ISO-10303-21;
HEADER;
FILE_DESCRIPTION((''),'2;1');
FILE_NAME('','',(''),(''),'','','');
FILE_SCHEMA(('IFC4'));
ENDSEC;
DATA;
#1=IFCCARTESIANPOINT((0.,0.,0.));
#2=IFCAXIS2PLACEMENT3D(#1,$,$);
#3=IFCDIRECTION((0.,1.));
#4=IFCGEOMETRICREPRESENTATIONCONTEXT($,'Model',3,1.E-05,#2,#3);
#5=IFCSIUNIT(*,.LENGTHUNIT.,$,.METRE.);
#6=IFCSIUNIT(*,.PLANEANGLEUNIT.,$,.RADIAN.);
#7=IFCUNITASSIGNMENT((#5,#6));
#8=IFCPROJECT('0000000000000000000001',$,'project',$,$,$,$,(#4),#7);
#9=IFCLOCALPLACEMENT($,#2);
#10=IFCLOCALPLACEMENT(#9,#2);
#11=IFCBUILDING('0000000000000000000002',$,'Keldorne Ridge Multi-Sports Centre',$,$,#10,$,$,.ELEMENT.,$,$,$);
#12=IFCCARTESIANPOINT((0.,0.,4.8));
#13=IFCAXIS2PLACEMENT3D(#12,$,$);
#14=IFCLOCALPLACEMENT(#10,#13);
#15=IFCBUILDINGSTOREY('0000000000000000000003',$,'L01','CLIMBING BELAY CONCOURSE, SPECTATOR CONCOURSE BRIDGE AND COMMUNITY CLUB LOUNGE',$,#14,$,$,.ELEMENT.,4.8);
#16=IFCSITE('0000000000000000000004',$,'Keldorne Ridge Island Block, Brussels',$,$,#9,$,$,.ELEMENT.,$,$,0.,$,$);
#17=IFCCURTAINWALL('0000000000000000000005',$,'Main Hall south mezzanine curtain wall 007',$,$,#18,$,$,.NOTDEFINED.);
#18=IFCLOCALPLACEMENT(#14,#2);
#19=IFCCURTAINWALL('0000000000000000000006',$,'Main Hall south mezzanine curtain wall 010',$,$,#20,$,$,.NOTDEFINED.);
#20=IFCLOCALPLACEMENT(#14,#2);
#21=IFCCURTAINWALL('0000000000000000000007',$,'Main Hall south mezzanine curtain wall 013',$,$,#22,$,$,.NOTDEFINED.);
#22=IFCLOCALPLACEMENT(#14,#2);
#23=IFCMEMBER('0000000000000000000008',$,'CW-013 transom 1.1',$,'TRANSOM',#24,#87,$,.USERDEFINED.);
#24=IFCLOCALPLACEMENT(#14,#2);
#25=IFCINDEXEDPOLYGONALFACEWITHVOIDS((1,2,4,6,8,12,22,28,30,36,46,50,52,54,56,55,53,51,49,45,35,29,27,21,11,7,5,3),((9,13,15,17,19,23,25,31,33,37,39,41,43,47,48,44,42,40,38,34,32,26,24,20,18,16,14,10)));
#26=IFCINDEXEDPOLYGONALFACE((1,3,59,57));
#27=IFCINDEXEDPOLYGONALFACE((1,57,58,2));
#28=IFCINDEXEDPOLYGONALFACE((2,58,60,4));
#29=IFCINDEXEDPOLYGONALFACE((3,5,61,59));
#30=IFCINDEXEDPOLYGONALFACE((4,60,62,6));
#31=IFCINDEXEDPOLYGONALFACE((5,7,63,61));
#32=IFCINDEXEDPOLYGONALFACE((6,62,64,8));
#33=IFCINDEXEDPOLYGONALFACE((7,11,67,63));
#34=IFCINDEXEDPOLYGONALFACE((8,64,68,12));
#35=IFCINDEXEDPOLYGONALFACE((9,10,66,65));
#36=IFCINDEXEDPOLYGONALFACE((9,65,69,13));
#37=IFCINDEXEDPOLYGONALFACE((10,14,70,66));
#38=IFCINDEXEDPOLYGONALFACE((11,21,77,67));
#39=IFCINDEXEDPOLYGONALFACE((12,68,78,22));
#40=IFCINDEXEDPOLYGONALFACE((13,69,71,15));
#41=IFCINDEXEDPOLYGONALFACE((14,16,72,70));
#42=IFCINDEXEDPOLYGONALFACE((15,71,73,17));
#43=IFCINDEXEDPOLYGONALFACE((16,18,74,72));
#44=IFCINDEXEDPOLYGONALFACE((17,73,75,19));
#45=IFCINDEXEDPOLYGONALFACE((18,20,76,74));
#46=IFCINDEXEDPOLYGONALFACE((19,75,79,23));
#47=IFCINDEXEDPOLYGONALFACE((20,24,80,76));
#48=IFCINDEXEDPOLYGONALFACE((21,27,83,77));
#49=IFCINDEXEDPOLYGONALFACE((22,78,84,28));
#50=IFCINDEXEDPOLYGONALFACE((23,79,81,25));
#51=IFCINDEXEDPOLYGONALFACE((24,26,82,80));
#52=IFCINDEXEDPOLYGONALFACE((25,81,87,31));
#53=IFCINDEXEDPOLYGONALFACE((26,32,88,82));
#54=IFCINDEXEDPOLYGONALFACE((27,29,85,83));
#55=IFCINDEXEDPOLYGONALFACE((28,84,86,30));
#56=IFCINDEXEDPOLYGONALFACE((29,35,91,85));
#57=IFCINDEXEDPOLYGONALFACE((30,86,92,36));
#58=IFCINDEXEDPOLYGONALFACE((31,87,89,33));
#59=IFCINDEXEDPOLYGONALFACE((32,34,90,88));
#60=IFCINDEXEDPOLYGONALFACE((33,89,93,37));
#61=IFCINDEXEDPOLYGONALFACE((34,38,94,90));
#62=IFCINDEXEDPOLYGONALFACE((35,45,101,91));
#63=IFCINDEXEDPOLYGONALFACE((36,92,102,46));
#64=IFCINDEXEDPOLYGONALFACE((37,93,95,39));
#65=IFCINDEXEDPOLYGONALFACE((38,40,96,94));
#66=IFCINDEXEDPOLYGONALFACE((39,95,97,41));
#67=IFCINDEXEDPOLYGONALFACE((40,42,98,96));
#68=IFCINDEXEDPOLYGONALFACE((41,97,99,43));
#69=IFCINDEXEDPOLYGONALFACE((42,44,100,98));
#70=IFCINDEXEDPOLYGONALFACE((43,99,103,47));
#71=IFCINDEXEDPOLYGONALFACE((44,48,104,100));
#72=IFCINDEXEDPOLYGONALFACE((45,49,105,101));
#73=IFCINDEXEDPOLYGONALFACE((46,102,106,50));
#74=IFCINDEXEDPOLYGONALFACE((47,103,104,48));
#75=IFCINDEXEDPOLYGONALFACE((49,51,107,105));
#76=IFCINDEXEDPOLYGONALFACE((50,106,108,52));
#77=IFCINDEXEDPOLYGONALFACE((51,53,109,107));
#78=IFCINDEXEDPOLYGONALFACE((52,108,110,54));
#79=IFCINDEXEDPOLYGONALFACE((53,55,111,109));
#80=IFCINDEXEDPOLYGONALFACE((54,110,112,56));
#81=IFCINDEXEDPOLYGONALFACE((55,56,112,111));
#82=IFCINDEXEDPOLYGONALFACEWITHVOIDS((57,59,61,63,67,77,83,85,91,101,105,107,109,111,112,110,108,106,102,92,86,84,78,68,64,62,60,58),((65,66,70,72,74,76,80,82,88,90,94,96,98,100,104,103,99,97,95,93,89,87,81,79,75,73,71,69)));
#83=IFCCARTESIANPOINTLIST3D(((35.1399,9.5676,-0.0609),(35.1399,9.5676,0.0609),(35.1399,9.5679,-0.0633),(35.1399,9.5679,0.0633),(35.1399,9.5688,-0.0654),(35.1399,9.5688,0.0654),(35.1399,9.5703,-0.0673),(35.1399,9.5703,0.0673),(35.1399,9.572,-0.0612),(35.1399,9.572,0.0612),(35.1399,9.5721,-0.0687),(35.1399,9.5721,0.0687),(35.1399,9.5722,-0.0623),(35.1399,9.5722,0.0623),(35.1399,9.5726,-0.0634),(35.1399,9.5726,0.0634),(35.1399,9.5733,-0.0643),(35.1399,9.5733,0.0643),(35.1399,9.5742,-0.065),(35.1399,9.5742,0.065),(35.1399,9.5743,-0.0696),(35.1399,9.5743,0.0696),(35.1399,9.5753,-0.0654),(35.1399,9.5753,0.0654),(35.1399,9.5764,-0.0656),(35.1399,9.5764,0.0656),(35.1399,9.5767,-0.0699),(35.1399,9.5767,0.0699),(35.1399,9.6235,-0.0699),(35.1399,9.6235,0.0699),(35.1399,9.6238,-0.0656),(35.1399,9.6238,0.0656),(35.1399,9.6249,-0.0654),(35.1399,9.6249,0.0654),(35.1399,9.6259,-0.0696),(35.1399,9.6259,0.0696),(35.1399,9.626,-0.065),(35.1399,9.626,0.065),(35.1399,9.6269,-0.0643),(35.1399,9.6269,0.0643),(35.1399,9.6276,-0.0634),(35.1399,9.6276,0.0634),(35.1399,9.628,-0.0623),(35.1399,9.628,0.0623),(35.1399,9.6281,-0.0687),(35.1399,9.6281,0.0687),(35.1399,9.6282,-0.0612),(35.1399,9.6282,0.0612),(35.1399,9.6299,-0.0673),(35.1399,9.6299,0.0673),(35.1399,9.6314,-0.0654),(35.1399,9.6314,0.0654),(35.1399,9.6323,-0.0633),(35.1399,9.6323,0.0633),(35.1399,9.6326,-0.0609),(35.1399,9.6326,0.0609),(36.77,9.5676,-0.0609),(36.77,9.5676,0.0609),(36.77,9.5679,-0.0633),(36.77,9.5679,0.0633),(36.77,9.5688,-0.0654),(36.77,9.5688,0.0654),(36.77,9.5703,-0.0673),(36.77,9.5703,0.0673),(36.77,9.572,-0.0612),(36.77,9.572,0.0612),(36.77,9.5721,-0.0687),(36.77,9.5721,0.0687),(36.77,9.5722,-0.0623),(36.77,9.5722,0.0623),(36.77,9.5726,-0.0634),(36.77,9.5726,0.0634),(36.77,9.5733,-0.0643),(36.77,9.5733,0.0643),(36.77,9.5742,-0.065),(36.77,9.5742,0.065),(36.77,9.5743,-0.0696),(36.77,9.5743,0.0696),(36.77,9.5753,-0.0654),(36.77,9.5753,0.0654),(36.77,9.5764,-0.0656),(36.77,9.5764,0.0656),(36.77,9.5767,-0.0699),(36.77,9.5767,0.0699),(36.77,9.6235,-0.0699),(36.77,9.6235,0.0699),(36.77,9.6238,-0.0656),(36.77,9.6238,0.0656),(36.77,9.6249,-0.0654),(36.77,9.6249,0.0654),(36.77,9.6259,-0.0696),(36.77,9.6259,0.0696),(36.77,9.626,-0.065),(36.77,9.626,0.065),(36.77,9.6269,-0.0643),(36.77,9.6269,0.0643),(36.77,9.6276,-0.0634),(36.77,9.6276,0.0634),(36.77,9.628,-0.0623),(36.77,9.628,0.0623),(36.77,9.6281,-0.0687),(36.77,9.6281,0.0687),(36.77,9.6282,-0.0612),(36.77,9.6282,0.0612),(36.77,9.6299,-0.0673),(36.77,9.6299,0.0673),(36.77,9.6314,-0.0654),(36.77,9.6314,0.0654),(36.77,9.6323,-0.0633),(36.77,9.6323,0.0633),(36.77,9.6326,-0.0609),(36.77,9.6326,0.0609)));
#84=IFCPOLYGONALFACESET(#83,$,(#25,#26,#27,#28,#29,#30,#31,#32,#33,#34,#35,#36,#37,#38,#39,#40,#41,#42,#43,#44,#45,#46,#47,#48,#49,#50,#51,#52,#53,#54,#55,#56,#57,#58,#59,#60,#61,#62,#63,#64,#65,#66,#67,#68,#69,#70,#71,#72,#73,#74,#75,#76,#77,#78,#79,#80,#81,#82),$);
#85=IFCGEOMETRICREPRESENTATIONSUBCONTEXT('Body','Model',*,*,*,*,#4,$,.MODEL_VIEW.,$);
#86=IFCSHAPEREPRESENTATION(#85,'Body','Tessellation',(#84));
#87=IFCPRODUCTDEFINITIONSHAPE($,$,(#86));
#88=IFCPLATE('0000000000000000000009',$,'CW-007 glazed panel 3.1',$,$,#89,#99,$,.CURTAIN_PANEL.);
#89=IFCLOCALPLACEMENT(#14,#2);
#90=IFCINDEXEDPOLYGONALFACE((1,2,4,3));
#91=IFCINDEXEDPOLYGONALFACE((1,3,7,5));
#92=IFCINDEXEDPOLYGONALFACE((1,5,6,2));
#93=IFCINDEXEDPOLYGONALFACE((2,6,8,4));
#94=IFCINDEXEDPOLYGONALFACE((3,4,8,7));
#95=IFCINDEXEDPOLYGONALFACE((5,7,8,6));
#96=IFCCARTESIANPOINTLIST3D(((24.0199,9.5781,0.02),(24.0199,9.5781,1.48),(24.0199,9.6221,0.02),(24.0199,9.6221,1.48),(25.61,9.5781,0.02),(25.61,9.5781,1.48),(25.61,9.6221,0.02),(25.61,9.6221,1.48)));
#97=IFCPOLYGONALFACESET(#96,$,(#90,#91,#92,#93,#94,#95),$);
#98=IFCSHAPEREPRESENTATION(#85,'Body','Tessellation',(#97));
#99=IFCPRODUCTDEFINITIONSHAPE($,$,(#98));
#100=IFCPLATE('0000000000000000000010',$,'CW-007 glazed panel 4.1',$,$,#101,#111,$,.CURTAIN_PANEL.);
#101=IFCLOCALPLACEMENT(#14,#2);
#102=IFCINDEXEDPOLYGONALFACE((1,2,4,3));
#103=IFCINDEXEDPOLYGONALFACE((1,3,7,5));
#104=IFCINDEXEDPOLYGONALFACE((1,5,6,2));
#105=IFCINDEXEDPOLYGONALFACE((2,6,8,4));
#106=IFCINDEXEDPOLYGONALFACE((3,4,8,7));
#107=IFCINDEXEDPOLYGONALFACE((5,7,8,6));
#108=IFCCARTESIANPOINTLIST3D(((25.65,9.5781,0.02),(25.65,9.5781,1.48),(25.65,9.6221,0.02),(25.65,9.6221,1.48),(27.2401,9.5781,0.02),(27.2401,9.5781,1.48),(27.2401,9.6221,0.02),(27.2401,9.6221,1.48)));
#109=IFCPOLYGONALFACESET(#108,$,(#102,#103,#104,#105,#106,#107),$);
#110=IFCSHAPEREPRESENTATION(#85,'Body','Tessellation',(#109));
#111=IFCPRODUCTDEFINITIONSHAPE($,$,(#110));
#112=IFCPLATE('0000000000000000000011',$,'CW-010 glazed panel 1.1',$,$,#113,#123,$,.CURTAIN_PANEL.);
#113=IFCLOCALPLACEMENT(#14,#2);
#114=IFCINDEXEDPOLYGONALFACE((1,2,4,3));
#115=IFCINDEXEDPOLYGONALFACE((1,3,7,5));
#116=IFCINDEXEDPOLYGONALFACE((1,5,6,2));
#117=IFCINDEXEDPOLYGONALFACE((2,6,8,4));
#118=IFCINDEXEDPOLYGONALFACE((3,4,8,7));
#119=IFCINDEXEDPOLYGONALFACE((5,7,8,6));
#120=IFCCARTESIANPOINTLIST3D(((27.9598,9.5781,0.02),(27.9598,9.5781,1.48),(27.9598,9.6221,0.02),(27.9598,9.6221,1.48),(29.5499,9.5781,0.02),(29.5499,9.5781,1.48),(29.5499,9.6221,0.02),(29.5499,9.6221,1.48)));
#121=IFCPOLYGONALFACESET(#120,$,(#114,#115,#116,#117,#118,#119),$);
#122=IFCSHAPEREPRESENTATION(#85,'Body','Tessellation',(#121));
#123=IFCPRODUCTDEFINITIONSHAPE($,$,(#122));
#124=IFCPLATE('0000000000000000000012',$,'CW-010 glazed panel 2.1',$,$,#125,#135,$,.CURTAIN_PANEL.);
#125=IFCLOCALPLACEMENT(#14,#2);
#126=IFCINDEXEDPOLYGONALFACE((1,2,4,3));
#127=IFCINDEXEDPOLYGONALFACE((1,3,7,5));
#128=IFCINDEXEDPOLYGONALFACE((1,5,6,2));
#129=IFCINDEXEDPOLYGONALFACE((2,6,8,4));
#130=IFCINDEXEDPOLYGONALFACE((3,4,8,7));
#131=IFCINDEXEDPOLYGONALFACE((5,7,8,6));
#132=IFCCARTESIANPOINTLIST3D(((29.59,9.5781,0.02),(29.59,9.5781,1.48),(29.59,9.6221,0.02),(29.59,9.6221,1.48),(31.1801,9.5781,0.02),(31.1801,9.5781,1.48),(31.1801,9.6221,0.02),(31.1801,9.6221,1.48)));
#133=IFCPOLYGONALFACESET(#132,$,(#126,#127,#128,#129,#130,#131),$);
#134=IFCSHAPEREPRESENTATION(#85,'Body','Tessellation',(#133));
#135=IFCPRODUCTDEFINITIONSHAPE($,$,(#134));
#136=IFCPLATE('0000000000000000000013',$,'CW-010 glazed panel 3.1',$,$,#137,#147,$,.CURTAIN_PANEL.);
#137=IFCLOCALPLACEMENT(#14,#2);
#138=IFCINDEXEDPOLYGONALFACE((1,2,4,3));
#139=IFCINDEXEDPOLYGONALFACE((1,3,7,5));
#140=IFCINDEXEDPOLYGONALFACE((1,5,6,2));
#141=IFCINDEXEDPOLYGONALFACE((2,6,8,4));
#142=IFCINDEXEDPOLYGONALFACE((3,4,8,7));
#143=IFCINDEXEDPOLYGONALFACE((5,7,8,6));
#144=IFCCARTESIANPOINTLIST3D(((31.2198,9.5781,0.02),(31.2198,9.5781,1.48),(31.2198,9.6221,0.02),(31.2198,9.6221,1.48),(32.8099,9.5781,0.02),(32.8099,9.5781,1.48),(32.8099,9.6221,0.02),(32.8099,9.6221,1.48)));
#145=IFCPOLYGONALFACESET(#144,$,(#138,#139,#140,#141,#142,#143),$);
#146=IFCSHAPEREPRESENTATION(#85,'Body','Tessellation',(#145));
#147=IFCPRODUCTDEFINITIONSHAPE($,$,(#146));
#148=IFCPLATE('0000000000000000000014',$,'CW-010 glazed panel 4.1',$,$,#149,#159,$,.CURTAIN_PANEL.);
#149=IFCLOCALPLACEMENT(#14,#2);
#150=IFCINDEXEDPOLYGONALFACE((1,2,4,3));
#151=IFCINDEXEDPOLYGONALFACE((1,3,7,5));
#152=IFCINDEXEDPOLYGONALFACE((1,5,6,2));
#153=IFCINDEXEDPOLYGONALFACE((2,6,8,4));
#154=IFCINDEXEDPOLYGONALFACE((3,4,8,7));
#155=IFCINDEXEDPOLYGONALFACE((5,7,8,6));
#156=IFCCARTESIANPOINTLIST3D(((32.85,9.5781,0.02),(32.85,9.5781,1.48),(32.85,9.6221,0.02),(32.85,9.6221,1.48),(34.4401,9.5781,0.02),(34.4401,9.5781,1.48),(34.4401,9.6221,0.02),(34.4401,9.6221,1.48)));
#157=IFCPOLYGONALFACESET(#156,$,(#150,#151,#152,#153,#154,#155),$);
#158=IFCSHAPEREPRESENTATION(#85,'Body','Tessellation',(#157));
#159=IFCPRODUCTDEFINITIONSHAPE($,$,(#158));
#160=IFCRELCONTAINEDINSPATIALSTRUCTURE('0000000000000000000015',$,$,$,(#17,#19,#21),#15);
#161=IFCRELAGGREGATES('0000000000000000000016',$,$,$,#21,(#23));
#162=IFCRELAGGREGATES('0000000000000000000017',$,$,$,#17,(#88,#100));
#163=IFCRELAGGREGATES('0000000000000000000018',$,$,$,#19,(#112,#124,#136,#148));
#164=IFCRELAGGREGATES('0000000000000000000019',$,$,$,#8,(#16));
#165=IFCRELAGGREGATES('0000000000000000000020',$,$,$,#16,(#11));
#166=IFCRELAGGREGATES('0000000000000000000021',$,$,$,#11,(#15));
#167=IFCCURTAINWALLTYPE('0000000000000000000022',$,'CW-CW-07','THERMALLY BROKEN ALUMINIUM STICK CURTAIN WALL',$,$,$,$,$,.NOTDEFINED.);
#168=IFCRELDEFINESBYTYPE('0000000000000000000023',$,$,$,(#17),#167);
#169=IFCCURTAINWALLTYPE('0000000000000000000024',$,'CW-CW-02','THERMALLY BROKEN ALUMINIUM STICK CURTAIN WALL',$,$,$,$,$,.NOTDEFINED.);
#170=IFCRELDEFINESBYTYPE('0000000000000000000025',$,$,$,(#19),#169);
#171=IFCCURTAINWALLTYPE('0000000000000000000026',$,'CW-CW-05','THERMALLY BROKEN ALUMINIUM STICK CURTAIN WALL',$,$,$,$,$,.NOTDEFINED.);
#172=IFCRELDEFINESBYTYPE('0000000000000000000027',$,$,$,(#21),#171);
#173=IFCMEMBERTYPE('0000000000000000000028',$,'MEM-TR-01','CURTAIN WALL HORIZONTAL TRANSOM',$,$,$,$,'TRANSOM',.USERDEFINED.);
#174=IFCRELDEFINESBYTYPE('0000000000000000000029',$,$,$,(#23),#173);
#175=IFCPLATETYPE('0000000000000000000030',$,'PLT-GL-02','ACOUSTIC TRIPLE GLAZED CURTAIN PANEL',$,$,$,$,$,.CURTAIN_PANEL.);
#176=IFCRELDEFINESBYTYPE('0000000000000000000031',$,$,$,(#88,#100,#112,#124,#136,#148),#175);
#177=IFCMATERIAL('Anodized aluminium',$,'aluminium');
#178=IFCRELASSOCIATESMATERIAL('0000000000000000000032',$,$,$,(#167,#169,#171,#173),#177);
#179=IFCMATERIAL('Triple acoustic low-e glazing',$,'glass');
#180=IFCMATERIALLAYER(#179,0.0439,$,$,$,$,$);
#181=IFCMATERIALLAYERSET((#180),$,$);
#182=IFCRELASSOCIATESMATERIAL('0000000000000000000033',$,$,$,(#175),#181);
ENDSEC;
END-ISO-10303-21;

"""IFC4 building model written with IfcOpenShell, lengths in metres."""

from ifc_helpers import new_model, si_unit, direction, frame, origin, origin_2d, place, context, subcontext, project, spatial, rectangle, hollow_rectangle, extrude, material, layer, layer_set, material_profile, profile_set, type_object, element, aggregate, save


model = new_model("IFC4")

# Units and contexts
model_context = context("Model", 3, precision=1e-05, world=origin(), true_north=direction((0.0, 1.0)))
body_context = subcontext(model_context, "Body", "Model", "MODEL_VIEW")
ifc_project = project(units=[si_unit("LENGTHUNIT", "METRE"), si_unit("PLANEANGLEUNIT", "RADIAN")], contexts=[model_context])

# Site, building, storey
site_placement = place(None, origin())
site = spatial("IfcSite", under=ifc_project, at=site_placement, Name="Keldorne Ridge Island Block, Brussels", CompositionType="ELEMENT", RefElevation=0.0)
building_placement = place(site_placement, origin())
building = spatial("IfcBuilding", under=site, at=building_placement, Name="Keldorne Ridge Multi-Sports Centre", CompositionType="ELEMENT")
storey_placement = place(building_placement, frame((0.0, 0.0, 4.8)))
storey = spatial("IfcBuildingStorey", under=building, at=storey_placement, Name="L01", Description="CLIMBING BELAY CONCOURSE, SPECTATOR CONCOURSE BRIDGE AND COMMUNITY CLUB LOUNGE", CompositionType="ELEMENT", Elevation=4.8)

# Curtain walls
ifc_material_1 = material(Name="Anodized aluminium", Category="aluminium")
curtain_wall_type_1 = type_object("IfcCurtainWallType", Name="CW-CW-07", Description="THERMALLY BROKEN ALUMINIUM STICK CURTAIN WALL", PredefinedType="NOTDEFINED", material=ifc_material_1)
curtain_wall_1_placement = place(storey_placement, origin())
curtain_wall_1 = element("IfcCurtainWall", 1, at=curtain_wall_1_placement, inside=storey, type_object=curtain_wall_type_1, Name="Main Hall south mezzanine curtain wall 007", PredefinedType="NOTDEFINED")
curtain_wall_type_2 = type_object("IfcCurtainWallType", Name="CW-CW-02", Description="THERMALLY BROKEN ALUMINIUM STICK CURTAIN WALL", PredefinedType="NOTDEFINED", material=ifc_material_1)
curtain_wall_2_placement = place(storey_placement, origin())
curtain_wall_2 = element("IfcCurtainWall", 2, at=curtain_wall_2_placement, inside=storey, type_object=curtain_wall_type_2, Name="Main Hall south mezzanine curtain wall 010", PredefinedType="NOTDEFINED")

# Curtain wall
curtain_wall_type_3 = type_object("IfcCurtainWallType", Name="CW-CW-05", Description="THERMALLY BROKEN ALUMINIUM STICK CURTAIN WALL", PredefinedType="NOTDEFINED", material=ifc_material_1)
curtain_wall_3_placement = place(storey_placement, origin())
curtain_wall_3 = element("IfcCurtainWall", 3, at=curtain_wall_3_placement, inside=storey, type_object=curtain_wall_type_3, Name="Main Hall south mezzanine curtain wall 013", PredefinedType="NOTDEFINED")

# Member
ifc_material_profile_1 = material_profile(ifc_material_1, hollow_rectangle(XDim=0.0649, YDim=0.1399, WallThickness=0.0044, InnerFilletRadius=0.0044, OuterFilletRadius=0.009, at=origin_2d()), Name="ALU TRANSOM 140x65x4.5")
ifc_profile_set_1 = profile_set([ifc_material_profile_1], Name="Anodized aluminium")
member_type_1 = type_object("IfcMemberType", Name="MEM-TR-01", Description="CURTAIN WALL HORIZONTAL TRANSOM", ElementType="TRANSOM", PredefinedType="USERDEFINED", material=ifc_profile_set_1)
member_1_placement = place(storey_placement, frame((35.1399, 9.6001, 0.0), z_axis=(1.0, 0.0, 0.0), x_axis=(0.0, 1.0, 0.0)))
member_1 = element("IfcMember", 4, at=member_1_placement, type_object=member_type_1, Name="CW-013 transom 1.1", ObjectType="TRANSOM", PredefinedType="USERDEFINED", context=body_context, shape_type="SweptSolid", body=[
    extrude(hollow_rectangle(XDim=0.0649, YDim=0.1399, WallThickness=0.0044, InnerFilletRadius=0.0044, OuterFilletRadius=0.009, at=origin_2d()), origin(), (0.0, 0.0, 1.0), 1.6301),
])
aggregate(curtain_wall_3, [member_1])

# Plates
ifc_material_2 = material(Name="Triple acoustic low-e glazing", Category="glass")
ifc_layer = layer(ifc_material_2, 0.0439)
ifc_layer_set = layer_set([ifc_layer])
plate_type = type_object("IfcPlateType", Name="PLT-GL-02", Description="ACOUSTIC TRIPLE GLAZED CURTAIN PANEL", PredefinedType="CURTAIN_PANEL", material=ifc_layer_set)
plate_1_placement = place(storey_placement, frame((24.8149, 9.6001, 0.02), z_axis=(0.0, 0.0, 1.0), x_axis=(1.0, 0.0, 0.0)))
plate_1 = element("IfcPlate", 5, at=plate_1_placement, type_object=plate_type, Name="CW-007 glazed panel 3.1", PredefinedType="CURTAIN_PANEL", context=body_context, shape_type="SweptSolid", body=[
    extrude(rectangle(XDim=1.5901, YDim=0.0439, at=origin_2d()), origin(), (0.0, 0.0, 1.0), 1.46),
])
plate_2_placement = place(storey_placement, frame((26.4451, 9.6001, 0.02), z_axis=(0.0, 0.0, 1.0), x_axis=(1.0, 0.0, 0.0)))
plate_2 = element("IfcPlate", 6, at=plate_2_placement, type_object=plate_type, Name="CW-007 glazed panel 4.1", PredefinedType="CURTAIN_PANEL", context=body_context, shape_type="SweptSolid", body=[
    extrude(rectangle(XDim=1.5901, YDim=0.0439, at=origin_2d()), origin(), (0.0, 0.0, 1.0), 1.46),
])
aggregate(curtain_wall_1, [plate_1, plate_2])
plate_3_placement = place(storey_placement, frame((28.7549, 9.6001, 0.02), z_axis=(0.0, 0.0, 1.0), x_axis=(1.0, 0.0, 0.0)))
plate_3 = element("IfcPlate", 7, at=plate_3_placement, type_object=plate_type, Name="CW-010 glazed panel 1.1", PredefinedType="CURTAIN_PANEL", context=body_context, shape_type="SweptSolid", body=[
    extrude(rectangle(XDim=1.5901, YDim=0.0439, at=origin_2d()), origin(), (0.0, 0.0, 1.0), 1.46),
])
plate_4_placement = place(storey_placement, frame((30.385, 9.6001, 0.02), z_axis=(0.0, 0.0, 1.0), x_axis=(1.0, 0.0, 0.0)))
plate_4 = element("IfcPlate", 8, at=plate_4_placement, type_object=plate_type, Name="CW-010 glazed panel 2.1", PredefinedType="CURTAIN_PANEL", context=body_context, shape_type="SweptSolid", body=[
    extrude(rectangle(XDim=1.5901, YDim=0.0439, at=origin_2d()), origin(), (0.0, 0.0, 1.0), 1.46),
])
plate_5_placement = place(storey_placement, frame((32.0149, 9.6001, 0.02), z_axis=(0.0, 0.0, 1.0), x_axis=(1.0, 0.0, 0.0)))
plate_5 = element("IfcPlate", 9, at=plate_5_placement, type_object=plate_type, Name="CW-010 glazed panel 3.1", PredefinedType="CURTAIN_PANEL", context=body_context, shape_type="SweptSolid", body=[
    extrude(rectangle(XDim=1.5901, YDim=0.0439, at=origin_2d()), origin(), (0.0, 0.0, 1.0), 1.46),
])
plate_6_placement = place(storey_placement, frame((33.645, 9.6001, 0.02), z_axis=(0.0, 0.0, 1.0), x_axis=(1.0, 0.0, 0.0)))
plate_6 = element("IfcPlate", 10, at=plate_6_placement, type_object=plate_type, Name="CW-010 glazed panel 4.1", PredefinedType="CURTAIN_PANEL", context=body_context, shape_type="SweptSolid", body=[
    extrude(rectangle(XDim=1.5901, YDim=0.0439, at=origin_2d()), origin(), (0.0, 0.0, 1.0), 1.46),
])
aggregate(curtain_wall_2, [plate_3, plate_4, plate_5, plate_6])

save(model, "model.ifc")
